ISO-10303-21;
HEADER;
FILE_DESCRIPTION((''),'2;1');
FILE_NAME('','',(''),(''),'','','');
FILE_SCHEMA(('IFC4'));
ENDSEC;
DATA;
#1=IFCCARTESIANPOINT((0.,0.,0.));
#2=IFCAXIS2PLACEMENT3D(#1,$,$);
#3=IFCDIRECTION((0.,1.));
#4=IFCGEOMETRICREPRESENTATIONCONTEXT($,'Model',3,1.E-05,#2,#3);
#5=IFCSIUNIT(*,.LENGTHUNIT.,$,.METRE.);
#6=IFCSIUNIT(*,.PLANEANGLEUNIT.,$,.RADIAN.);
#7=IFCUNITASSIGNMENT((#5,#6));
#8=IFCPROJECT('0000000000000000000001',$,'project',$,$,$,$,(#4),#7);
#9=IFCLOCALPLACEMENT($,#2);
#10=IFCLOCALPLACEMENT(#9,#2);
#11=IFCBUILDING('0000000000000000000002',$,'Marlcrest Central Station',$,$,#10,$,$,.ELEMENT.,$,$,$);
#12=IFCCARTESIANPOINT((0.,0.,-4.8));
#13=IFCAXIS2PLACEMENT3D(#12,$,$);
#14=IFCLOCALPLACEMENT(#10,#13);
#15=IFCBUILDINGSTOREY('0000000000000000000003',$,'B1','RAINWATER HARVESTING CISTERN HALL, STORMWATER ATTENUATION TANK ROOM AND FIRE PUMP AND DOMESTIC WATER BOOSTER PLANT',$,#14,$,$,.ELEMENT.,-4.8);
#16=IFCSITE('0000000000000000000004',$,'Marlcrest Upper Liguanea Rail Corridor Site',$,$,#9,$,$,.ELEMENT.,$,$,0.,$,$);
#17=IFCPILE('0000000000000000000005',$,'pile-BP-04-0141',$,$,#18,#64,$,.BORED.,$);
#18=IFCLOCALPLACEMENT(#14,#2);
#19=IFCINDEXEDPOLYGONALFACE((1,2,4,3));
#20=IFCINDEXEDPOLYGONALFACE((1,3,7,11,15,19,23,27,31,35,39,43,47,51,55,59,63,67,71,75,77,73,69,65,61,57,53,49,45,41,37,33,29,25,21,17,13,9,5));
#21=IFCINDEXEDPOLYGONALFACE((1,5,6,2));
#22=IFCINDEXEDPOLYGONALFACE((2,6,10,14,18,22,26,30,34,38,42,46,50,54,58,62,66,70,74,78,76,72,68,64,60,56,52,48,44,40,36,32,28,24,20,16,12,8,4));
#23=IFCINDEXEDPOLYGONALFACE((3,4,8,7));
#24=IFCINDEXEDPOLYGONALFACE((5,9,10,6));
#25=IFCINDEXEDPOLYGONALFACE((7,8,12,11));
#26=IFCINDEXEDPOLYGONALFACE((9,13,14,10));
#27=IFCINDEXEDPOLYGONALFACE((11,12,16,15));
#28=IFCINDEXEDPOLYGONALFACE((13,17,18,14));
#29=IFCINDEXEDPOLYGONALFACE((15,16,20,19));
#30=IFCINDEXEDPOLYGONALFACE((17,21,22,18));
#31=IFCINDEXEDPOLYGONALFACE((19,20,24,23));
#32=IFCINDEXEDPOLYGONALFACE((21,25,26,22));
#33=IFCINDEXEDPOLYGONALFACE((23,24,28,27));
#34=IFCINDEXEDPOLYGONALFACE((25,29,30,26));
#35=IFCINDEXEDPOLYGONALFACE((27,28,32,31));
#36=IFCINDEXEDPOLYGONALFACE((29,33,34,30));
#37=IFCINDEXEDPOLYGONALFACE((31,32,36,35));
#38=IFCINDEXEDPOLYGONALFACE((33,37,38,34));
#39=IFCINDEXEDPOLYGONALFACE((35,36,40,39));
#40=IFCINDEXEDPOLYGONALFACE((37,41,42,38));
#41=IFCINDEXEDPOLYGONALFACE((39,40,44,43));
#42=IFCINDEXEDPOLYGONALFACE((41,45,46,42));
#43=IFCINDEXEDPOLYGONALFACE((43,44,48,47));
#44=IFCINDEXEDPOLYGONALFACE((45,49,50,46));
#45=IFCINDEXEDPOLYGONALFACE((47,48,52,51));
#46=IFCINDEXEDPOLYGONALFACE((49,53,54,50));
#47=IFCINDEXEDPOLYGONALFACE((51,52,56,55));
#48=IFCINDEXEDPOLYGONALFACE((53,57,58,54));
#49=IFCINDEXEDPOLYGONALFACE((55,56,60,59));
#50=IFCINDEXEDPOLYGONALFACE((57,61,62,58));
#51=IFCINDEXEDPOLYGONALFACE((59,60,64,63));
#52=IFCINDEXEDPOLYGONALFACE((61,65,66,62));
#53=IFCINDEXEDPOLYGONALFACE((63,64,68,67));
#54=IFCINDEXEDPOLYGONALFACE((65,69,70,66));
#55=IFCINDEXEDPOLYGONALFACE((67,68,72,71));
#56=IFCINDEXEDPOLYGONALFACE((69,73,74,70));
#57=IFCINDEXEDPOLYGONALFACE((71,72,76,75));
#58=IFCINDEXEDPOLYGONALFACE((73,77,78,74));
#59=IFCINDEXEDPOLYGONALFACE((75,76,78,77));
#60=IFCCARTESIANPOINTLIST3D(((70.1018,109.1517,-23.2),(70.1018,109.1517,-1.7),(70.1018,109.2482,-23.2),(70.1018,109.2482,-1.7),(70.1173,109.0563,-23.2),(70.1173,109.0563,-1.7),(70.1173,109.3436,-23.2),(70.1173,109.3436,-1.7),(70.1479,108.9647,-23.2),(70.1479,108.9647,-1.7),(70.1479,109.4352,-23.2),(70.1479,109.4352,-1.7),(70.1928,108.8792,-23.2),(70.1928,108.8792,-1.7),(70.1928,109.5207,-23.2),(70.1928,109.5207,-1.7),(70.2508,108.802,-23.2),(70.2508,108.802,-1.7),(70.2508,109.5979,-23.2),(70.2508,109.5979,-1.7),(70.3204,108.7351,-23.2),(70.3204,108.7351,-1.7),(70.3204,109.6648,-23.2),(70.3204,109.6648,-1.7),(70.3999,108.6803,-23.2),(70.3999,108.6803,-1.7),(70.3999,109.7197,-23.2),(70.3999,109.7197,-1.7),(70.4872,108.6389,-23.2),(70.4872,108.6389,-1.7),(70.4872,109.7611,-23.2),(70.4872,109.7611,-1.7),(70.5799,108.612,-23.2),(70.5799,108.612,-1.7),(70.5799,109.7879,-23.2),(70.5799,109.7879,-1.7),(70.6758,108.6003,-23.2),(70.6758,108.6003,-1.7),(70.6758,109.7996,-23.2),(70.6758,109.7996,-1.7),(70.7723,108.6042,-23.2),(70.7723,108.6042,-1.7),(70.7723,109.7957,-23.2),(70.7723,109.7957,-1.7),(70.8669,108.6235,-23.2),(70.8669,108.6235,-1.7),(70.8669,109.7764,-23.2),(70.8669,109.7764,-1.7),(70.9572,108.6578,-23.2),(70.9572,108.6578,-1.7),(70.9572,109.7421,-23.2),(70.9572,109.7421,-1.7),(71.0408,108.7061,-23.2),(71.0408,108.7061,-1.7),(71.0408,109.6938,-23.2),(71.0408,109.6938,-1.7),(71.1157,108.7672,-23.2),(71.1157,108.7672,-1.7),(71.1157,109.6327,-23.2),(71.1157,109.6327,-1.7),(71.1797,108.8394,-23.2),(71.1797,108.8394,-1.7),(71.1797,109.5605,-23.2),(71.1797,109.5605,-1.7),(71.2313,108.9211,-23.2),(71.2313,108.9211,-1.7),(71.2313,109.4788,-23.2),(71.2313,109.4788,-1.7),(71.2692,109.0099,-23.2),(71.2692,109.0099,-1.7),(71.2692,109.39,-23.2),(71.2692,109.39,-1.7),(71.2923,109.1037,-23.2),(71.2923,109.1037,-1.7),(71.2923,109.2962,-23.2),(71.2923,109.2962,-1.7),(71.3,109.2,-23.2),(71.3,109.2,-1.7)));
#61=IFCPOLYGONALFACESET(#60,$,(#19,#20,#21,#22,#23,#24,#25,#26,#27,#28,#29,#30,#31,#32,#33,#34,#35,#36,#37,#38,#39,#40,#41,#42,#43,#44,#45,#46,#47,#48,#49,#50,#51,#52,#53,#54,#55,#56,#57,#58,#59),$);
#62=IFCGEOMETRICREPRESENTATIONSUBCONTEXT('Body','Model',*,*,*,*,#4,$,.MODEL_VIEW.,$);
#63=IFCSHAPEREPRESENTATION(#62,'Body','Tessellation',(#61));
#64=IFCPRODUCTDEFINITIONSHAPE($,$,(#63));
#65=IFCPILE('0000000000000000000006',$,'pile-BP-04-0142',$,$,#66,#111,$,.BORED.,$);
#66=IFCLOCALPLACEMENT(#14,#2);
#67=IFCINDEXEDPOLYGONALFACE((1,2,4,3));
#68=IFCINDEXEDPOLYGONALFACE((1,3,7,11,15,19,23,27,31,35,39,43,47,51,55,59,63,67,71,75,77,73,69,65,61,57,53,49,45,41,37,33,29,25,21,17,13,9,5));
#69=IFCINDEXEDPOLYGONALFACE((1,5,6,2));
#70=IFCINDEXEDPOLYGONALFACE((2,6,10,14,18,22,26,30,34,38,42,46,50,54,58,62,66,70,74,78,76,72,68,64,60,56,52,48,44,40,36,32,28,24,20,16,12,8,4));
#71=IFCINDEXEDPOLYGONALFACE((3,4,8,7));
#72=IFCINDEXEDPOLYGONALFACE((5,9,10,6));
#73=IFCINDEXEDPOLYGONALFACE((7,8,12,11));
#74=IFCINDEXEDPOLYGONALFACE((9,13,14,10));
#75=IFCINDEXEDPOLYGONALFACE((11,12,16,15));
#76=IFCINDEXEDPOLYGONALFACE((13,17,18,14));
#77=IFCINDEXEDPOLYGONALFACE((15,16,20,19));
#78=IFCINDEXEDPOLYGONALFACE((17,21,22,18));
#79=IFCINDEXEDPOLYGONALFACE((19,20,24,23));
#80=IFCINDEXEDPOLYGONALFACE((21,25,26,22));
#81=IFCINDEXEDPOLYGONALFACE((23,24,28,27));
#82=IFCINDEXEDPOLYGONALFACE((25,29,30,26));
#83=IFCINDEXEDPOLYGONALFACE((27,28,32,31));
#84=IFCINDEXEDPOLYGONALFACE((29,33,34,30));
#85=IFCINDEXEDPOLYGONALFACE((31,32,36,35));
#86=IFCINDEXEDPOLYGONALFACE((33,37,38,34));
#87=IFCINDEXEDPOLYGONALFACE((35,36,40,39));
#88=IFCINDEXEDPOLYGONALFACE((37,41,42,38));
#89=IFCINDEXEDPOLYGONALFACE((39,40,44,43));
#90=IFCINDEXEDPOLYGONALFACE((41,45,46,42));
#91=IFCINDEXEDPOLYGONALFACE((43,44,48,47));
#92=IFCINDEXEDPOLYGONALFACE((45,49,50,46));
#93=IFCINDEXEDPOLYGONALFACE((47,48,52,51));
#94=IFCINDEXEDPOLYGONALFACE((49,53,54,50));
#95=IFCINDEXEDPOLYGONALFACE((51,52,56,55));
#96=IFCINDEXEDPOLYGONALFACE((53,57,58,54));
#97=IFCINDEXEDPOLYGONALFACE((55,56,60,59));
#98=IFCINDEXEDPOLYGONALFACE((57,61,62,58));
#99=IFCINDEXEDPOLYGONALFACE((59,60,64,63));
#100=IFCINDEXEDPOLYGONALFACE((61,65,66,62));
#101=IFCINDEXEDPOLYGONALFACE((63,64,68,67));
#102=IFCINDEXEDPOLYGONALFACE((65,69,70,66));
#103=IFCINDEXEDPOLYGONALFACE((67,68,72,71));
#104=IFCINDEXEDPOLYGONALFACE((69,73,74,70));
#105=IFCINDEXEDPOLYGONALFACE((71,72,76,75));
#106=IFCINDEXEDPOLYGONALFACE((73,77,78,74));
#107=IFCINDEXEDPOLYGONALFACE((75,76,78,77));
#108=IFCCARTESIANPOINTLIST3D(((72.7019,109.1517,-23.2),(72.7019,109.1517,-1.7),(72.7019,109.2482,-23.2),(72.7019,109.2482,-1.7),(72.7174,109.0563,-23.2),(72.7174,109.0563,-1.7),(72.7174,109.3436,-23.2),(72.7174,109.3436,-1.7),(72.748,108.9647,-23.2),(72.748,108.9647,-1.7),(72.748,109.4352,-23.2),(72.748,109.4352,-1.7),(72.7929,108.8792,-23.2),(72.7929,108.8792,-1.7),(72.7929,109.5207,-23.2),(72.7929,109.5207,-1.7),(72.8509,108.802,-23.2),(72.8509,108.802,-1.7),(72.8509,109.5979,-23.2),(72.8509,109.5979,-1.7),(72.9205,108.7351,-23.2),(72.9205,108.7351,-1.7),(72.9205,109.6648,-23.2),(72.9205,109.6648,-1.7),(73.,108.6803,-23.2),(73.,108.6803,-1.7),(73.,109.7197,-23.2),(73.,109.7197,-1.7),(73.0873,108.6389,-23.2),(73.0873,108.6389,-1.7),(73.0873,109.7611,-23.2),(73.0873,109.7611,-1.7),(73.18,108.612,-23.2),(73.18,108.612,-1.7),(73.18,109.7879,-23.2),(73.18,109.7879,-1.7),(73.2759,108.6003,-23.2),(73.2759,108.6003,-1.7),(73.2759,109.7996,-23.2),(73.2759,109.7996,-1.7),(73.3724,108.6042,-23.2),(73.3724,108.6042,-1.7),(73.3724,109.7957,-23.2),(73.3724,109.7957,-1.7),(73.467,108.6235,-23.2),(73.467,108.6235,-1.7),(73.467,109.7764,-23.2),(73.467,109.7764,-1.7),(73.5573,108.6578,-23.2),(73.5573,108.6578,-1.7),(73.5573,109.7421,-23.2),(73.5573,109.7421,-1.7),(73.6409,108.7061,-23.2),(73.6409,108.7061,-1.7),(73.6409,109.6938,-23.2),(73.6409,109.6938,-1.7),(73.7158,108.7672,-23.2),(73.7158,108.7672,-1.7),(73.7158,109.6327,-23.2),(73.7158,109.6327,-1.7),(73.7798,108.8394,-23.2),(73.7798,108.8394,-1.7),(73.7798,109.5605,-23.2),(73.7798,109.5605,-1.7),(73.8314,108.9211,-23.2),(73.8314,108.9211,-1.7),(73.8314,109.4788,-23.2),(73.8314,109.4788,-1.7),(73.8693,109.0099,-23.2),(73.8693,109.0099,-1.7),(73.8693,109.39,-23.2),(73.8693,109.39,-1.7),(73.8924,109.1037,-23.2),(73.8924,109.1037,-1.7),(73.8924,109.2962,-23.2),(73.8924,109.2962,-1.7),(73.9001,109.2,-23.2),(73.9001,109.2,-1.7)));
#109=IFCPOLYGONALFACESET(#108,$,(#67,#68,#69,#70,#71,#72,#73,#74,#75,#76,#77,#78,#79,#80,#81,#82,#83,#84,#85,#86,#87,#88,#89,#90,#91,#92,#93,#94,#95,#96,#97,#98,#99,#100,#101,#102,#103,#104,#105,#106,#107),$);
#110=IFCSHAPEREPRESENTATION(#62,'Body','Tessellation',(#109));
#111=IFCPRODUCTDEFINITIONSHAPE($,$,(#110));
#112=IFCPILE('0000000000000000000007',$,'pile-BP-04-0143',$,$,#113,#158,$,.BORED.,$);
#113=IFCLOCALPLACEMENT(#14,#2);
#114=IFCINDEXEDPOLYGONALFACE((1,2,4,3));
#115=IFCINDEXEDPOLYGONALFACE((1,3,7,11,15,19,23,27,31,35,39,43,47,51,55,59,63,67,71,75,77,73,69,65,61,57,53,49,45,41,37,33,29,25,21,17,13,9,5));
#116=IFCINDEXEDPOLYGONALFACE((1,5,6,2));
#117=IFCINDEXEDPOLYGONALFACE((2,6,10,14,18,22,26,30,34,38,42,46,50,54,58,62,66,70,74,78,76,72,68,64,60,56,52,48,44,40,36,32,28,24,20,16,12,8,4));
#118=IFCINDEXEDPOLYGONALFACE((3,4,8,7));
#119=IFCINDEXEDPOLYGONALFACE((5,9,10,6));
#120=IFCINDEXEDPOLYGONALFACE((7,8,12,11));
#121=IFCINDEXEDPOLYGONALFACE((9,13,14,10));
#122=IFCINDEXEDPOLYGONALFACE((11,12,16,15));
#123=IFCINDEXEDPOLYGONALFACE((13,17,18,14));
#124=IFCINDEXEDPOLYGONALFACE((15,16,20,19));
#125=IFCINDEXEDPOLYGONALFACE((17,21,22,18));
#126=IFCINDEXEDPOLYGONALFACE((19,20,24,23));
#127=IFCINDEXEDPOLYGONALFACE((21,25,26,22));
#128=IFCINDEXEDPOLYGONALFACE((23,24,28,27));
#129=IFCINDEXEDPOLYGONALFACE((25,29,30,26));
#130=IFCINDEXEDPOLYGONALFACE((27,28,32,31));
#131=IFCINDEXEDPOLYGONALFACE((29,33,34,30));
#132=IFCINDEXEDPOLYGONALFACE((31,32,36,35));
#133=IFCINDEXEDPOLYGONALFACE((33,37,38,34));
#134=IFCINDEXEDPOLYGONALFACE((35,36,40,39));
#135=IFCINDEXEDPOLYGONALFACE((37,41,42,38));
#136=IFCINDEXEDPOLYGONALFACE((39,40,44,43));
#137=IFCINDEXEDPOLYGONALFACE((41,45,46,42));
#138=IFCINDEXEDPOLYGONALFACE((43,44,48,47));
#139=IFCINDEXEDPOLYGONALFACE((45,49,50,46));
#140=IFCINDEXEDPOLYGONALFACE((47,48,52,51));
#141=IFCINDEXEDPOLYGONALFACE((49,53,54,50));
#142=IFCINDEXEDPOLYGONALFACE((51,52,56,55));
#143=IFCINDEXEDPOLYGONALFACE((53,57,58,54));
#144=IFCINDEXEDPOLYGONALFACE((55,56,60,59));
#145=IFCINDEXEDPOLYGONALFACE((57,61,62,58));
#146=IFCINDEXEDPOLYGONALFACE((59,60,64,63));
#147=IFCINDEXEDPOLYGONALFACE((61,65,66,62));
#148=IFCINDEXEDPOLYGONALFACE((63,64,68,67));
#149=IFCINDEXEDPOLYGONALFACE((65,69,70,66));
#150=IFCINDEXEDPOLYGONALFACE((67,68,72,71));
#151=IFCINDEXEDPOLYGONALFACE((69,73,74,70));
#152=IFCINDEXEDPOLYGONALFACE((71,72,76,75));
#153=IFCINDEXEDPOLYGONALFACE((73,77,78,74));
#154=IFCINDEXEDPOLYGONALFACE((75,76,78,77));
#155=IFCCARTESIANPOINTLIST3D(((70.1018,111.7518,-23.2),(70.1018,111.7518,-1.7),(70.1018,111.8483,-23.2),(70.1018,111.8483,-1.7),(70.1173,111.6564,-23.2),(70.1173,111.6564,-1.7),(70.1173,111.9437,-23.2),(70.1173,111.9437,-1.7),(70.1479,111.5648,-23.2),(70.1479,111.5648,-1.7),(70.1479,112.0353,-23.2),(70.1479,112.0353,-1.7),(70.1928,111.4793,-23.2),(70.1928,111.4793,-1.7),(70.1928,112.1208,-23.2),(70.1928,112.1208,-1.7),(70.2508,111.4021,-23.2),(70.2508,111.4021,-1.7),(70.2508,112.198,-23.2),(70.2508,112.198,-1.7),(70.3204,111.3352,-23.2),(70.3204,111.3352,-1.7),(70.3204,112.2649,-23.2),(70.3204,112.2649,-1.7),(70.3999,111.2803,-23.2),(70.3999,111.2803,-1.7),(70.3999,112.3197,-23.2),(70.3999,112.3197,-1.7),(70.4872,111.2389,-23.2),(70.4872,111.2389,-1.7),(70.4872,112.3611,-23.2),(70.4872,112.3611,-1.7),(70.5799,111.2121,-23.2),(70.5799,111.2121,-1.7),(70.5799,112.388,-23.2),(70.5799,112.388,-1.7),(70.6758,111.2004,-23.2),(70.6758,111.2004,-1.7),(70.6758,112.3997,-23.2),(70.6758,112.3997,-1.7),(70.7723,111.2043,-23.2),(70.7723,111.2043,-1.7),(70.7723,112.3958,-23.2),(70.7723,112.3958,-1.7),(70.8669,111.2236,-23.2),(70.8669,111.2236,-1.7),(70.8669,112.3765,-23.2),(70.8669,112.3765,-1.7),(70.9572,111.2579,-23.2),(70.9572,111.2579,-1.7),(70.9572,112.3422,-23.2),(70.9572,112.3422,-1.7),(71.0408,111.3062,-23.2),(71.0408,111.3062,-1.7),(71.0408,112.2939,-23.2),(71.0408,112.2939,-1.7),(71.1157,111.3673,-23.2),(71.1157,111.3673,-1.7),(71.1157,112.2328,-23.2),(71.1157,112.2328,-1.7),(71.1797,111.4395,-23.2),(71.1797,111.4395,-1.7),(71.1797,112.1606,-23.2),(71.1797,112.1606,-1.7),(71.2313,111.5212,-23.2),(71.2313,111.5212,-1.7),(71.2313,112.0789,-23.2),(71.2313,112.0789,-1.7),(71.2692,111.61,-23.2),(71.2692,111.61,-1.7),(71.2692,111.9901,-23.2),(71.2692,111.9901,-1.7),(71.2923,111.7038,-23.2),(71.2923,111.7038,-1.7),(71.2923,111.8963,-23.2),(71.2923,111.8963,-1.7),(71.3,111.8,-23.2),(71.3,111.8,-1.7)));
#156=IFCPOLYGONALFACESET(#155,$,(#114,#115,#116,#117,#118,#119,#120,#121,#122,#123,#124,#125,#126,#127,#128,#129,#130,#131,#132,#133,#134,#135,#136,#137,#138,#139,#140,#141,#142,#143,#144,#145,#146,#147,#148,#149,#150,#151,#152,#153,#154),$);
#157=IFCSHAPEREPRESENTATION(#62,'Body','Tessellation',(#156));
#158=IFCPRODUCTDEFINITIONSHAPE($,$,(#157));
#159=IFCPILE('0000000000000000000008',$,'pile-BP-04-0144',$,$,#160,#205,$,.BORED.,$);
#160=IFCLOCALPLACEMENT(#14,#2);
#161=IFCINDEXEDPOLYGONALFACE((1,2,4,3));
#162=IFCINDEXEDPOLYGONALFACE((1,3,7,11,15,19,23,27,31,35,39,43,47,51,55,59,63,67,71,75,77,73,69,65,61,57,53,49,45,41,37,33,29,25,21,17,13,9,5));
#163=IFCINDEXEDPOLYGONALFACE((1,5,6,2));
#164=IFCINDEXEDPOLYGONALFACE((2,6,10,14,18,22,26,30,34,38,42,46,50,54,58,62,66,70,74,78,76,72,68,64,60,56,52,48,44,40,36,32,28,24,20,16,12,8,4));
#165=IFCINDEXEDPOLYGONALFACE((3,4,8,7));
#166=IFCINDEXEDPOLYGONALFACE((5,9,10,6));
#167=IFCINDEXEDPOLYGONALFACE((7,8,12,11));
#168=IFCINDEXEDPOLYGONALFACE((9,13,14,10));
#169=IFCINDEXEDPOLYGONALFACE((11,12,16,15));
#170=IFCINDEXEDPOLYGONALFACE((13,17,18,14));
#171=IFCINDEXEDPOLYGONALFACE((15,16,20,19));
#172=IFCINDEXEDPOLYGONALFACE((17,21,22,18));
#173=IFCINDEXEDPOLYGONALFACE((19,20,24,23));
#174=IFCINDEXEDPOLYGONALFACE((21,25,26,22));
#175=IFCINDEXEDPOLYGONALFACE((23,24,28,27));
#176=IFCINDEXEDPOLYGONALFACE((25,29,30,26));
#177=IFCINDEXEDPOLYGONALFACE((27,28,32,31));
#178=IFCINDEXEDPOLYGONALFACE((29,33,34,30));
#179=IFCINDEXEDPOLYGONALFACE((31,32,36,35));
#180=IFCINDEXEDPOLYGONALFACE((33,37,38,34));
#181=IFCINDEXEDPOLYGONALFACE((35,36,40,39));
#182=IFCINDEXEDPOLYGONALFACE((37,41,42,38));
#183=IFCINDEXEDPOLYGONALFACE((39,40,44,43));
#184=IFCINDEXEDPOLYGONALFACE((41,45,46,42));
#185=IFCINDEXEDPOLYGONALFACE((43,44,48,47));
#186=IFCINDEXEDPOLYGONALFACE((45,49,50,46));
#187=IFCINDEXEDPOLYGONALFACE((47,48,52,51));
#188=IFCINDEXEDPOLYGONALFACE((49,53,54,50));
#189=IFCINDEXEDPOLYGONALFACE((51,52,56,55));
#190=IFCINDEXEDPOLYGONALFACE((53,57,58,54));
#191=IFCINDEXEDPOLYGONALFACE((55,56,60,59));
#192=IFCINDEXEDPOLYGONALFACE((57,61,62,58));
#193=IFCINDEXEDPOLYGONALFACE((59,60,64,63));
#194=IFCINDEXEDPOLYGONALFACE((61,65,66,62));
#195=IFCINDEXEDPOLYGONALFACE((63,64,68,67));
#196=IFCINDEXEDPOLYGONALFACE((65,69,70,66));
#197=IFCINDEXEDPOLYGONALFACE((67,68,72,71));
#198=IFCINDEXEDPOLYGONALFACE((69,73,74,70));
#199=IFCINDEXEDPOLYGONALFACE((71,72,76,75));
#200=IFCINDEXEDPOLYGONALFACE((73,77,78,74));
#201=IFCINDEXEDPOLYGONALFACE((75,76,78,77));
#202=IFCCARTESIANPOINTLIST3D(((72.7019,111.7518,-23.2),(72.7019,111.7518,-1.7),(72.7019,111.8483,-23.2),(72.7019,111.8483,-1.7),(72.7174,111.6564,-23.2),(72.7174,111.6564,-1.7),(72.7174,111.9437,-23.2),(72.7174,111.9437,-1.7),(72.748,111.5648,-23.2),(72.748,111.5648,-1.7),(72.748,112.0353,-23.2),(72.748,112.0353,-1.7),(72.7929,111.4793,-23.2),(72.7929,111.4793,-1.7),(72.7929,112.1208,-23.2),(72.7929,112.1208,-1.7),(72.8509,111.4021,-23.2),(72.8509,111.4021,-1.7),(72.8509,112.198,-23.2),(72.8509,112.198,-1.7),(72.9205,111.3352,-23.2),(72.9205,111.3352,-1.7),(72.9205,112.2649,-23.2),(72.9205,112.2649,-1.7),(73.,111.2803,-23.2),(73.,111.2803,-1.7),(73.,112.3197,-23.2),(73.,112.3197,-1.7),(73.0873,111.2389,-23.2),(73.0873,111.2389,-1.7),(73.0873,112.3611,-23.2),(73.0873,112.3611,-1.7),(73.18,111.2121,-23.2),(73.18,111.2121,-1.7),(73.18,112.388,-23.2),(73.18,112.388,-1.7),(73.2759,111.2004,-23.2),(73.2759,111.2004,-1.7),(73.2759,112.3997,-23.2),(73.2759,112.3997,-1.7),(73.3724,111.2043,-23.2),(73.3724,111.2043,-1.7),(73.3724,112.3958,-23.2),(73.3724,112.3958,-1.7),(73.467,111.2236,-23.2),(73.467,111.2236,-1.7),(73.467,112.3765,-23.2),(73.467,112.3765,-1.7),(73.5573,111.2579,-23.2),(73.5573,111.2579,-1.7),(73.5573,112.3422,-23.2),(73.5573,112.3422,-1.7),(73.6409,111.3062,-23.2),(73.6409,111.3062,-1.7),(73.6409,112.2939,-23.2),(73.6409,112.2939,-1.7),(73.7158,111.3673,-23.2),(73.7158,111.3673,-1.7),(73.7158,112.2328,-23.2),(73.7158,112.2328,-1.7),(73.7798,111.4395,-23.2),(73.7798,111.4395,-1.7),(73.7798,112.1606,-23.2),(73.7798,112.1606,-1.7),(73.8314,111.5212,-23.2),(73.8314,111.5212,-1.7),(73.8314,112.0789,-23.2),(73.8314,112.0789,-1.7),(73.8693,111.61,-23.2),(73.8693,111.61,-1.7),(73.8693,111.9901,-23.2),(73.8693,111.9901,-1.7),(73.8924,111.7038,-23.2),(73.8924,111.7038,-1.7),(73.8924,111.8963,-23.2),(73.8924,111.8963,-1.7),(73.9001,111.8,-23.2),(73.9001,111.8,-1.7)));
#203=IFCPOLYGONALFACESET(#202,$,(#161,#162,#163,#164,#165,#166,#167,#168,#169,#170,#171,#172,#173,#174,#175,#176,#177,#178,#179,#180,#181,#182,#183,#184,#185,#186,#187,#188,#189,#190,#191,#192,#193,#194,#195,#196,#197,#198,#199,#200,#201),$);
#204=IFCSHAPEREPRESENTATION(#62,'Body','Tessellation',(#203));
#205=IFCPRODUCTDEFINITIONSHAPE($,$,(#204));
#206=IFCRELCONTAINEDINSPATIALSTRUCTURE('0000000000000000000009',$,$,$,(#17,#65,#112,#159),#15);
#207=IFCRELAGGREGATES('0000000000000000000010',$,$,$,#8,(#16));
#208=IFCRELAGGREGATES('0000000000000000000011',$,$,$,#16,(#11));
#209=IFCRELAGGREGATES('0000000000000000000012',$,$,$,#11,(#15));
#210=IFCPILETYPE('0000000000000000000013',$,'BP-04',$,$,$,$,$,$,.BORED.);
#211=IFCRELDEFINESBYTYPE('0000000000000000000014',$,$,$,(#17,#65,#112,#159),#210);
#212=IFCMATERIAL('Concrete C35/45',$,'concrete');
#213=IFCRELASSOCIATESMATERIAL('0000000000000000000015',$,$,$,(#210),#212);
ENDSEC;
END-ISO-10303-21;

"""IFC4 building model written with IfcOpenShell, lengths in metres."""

from ifc_helpers import new_model, si_unit, direction, frame, origin, origin_2d, place, context, subcontext, project, spatial, circle, extrude, material, material_profile, profile_set, type_object, element, save


model = new_model("IFC4")

# Units and contexts
model_context = context("Model", 3, precision=1e-05, world=origin(), true_north=direction((0.0, 1.0)))
body_context = subcontext(model_context, "Body", "Model", "MODEL_VIEW")
ifc_project = project(units=[si_unit("LENGTHUNIT", "METRE"), si_unit("PLANEANGLEUNIT", "RADIAN")], contexts=[model_context])

# Site, building, storey
site_placement = place(None, origin())
site = spatial("IfcSite", under=ifc_project, at=site_placement, Name="Marlcrest Upper Liguanea Rail Corridor Site", CompositionType="ELEMENT", RefElevation=0.0)
building_placement = place(site_placement, origin())
building = spatial("IfcBuilding", under=site, at=building_placement, Name="Marlcrest Central Station", CompositionType="ELEMENT")
storey_placement = place(building_placement, frame((0.0, 0.0, -4.8)))
storey = spatial("IfcBuildingStorey", under=building, at=storey_placement, Name="B1", Description="RAINWATER HARVESTING CISTERN HALL, STORMWATER ATTENUATION TANK ROOM AND FIRE PUMP AND DOMESTIC WATER BOOSTER PLANT", CompositionType="ELEMENT", Elevation=-4.8)

# Piles
ifc_material_1 = material(Name="Concrete C35/45", Category="concrete")
ifc_material_profile_1 = material_profile(ifc_material_1, circle(Radius=0.6001, at=origin_2d()), Name="PILE D1200")
ifc_profile_set_1 = profile_set([ifc_material_profile_1], Name="Concrete C35/45")
pile_type = type_object("IfcPileType", Name="BP-04", PredefinedType="BORED", material=ifc_profile_set_1)
for number, where, z_axis, x_axis, name in (
    (1, (70.7, 109.2, -1.7), (0.0, 0.0, -1.0), (1.0, 0.0, 0.0), "pile-BP-04-0141"),
    (2, (73.3, 109.2, -1.7), (0.0, 0.0, -1.0), (1.0, 0.0, 0.0), "pile-BP-04-0142"),
    (3, (70.7, 111.8, -1.7), (0.0, 0.0, -1.0), (1.0, 0.0, 0.0), "pile-BP-04-0143"),
    (4, (73.3, 111.8, -1.7), (0.0, 0.0, -1.0), (1.0, 0.0, 0.0), "pile-BP-04-0144"),
):
    element("IfcPile", number, at=place(storey_placement, frame(where, z_axis=z_axis, x_axis=x_axis)), inside=storey, type_object=pile_type, Name=name, PredefinedType="BORED", context=body_context, shape_type="SweptSolid", body=[
        extrude(circle(Radius=0.6001, at=origin_2d()), origin(), (0.0, 0.0, 1.0), 21.5),
    ])

save(model, "model.ifc")
